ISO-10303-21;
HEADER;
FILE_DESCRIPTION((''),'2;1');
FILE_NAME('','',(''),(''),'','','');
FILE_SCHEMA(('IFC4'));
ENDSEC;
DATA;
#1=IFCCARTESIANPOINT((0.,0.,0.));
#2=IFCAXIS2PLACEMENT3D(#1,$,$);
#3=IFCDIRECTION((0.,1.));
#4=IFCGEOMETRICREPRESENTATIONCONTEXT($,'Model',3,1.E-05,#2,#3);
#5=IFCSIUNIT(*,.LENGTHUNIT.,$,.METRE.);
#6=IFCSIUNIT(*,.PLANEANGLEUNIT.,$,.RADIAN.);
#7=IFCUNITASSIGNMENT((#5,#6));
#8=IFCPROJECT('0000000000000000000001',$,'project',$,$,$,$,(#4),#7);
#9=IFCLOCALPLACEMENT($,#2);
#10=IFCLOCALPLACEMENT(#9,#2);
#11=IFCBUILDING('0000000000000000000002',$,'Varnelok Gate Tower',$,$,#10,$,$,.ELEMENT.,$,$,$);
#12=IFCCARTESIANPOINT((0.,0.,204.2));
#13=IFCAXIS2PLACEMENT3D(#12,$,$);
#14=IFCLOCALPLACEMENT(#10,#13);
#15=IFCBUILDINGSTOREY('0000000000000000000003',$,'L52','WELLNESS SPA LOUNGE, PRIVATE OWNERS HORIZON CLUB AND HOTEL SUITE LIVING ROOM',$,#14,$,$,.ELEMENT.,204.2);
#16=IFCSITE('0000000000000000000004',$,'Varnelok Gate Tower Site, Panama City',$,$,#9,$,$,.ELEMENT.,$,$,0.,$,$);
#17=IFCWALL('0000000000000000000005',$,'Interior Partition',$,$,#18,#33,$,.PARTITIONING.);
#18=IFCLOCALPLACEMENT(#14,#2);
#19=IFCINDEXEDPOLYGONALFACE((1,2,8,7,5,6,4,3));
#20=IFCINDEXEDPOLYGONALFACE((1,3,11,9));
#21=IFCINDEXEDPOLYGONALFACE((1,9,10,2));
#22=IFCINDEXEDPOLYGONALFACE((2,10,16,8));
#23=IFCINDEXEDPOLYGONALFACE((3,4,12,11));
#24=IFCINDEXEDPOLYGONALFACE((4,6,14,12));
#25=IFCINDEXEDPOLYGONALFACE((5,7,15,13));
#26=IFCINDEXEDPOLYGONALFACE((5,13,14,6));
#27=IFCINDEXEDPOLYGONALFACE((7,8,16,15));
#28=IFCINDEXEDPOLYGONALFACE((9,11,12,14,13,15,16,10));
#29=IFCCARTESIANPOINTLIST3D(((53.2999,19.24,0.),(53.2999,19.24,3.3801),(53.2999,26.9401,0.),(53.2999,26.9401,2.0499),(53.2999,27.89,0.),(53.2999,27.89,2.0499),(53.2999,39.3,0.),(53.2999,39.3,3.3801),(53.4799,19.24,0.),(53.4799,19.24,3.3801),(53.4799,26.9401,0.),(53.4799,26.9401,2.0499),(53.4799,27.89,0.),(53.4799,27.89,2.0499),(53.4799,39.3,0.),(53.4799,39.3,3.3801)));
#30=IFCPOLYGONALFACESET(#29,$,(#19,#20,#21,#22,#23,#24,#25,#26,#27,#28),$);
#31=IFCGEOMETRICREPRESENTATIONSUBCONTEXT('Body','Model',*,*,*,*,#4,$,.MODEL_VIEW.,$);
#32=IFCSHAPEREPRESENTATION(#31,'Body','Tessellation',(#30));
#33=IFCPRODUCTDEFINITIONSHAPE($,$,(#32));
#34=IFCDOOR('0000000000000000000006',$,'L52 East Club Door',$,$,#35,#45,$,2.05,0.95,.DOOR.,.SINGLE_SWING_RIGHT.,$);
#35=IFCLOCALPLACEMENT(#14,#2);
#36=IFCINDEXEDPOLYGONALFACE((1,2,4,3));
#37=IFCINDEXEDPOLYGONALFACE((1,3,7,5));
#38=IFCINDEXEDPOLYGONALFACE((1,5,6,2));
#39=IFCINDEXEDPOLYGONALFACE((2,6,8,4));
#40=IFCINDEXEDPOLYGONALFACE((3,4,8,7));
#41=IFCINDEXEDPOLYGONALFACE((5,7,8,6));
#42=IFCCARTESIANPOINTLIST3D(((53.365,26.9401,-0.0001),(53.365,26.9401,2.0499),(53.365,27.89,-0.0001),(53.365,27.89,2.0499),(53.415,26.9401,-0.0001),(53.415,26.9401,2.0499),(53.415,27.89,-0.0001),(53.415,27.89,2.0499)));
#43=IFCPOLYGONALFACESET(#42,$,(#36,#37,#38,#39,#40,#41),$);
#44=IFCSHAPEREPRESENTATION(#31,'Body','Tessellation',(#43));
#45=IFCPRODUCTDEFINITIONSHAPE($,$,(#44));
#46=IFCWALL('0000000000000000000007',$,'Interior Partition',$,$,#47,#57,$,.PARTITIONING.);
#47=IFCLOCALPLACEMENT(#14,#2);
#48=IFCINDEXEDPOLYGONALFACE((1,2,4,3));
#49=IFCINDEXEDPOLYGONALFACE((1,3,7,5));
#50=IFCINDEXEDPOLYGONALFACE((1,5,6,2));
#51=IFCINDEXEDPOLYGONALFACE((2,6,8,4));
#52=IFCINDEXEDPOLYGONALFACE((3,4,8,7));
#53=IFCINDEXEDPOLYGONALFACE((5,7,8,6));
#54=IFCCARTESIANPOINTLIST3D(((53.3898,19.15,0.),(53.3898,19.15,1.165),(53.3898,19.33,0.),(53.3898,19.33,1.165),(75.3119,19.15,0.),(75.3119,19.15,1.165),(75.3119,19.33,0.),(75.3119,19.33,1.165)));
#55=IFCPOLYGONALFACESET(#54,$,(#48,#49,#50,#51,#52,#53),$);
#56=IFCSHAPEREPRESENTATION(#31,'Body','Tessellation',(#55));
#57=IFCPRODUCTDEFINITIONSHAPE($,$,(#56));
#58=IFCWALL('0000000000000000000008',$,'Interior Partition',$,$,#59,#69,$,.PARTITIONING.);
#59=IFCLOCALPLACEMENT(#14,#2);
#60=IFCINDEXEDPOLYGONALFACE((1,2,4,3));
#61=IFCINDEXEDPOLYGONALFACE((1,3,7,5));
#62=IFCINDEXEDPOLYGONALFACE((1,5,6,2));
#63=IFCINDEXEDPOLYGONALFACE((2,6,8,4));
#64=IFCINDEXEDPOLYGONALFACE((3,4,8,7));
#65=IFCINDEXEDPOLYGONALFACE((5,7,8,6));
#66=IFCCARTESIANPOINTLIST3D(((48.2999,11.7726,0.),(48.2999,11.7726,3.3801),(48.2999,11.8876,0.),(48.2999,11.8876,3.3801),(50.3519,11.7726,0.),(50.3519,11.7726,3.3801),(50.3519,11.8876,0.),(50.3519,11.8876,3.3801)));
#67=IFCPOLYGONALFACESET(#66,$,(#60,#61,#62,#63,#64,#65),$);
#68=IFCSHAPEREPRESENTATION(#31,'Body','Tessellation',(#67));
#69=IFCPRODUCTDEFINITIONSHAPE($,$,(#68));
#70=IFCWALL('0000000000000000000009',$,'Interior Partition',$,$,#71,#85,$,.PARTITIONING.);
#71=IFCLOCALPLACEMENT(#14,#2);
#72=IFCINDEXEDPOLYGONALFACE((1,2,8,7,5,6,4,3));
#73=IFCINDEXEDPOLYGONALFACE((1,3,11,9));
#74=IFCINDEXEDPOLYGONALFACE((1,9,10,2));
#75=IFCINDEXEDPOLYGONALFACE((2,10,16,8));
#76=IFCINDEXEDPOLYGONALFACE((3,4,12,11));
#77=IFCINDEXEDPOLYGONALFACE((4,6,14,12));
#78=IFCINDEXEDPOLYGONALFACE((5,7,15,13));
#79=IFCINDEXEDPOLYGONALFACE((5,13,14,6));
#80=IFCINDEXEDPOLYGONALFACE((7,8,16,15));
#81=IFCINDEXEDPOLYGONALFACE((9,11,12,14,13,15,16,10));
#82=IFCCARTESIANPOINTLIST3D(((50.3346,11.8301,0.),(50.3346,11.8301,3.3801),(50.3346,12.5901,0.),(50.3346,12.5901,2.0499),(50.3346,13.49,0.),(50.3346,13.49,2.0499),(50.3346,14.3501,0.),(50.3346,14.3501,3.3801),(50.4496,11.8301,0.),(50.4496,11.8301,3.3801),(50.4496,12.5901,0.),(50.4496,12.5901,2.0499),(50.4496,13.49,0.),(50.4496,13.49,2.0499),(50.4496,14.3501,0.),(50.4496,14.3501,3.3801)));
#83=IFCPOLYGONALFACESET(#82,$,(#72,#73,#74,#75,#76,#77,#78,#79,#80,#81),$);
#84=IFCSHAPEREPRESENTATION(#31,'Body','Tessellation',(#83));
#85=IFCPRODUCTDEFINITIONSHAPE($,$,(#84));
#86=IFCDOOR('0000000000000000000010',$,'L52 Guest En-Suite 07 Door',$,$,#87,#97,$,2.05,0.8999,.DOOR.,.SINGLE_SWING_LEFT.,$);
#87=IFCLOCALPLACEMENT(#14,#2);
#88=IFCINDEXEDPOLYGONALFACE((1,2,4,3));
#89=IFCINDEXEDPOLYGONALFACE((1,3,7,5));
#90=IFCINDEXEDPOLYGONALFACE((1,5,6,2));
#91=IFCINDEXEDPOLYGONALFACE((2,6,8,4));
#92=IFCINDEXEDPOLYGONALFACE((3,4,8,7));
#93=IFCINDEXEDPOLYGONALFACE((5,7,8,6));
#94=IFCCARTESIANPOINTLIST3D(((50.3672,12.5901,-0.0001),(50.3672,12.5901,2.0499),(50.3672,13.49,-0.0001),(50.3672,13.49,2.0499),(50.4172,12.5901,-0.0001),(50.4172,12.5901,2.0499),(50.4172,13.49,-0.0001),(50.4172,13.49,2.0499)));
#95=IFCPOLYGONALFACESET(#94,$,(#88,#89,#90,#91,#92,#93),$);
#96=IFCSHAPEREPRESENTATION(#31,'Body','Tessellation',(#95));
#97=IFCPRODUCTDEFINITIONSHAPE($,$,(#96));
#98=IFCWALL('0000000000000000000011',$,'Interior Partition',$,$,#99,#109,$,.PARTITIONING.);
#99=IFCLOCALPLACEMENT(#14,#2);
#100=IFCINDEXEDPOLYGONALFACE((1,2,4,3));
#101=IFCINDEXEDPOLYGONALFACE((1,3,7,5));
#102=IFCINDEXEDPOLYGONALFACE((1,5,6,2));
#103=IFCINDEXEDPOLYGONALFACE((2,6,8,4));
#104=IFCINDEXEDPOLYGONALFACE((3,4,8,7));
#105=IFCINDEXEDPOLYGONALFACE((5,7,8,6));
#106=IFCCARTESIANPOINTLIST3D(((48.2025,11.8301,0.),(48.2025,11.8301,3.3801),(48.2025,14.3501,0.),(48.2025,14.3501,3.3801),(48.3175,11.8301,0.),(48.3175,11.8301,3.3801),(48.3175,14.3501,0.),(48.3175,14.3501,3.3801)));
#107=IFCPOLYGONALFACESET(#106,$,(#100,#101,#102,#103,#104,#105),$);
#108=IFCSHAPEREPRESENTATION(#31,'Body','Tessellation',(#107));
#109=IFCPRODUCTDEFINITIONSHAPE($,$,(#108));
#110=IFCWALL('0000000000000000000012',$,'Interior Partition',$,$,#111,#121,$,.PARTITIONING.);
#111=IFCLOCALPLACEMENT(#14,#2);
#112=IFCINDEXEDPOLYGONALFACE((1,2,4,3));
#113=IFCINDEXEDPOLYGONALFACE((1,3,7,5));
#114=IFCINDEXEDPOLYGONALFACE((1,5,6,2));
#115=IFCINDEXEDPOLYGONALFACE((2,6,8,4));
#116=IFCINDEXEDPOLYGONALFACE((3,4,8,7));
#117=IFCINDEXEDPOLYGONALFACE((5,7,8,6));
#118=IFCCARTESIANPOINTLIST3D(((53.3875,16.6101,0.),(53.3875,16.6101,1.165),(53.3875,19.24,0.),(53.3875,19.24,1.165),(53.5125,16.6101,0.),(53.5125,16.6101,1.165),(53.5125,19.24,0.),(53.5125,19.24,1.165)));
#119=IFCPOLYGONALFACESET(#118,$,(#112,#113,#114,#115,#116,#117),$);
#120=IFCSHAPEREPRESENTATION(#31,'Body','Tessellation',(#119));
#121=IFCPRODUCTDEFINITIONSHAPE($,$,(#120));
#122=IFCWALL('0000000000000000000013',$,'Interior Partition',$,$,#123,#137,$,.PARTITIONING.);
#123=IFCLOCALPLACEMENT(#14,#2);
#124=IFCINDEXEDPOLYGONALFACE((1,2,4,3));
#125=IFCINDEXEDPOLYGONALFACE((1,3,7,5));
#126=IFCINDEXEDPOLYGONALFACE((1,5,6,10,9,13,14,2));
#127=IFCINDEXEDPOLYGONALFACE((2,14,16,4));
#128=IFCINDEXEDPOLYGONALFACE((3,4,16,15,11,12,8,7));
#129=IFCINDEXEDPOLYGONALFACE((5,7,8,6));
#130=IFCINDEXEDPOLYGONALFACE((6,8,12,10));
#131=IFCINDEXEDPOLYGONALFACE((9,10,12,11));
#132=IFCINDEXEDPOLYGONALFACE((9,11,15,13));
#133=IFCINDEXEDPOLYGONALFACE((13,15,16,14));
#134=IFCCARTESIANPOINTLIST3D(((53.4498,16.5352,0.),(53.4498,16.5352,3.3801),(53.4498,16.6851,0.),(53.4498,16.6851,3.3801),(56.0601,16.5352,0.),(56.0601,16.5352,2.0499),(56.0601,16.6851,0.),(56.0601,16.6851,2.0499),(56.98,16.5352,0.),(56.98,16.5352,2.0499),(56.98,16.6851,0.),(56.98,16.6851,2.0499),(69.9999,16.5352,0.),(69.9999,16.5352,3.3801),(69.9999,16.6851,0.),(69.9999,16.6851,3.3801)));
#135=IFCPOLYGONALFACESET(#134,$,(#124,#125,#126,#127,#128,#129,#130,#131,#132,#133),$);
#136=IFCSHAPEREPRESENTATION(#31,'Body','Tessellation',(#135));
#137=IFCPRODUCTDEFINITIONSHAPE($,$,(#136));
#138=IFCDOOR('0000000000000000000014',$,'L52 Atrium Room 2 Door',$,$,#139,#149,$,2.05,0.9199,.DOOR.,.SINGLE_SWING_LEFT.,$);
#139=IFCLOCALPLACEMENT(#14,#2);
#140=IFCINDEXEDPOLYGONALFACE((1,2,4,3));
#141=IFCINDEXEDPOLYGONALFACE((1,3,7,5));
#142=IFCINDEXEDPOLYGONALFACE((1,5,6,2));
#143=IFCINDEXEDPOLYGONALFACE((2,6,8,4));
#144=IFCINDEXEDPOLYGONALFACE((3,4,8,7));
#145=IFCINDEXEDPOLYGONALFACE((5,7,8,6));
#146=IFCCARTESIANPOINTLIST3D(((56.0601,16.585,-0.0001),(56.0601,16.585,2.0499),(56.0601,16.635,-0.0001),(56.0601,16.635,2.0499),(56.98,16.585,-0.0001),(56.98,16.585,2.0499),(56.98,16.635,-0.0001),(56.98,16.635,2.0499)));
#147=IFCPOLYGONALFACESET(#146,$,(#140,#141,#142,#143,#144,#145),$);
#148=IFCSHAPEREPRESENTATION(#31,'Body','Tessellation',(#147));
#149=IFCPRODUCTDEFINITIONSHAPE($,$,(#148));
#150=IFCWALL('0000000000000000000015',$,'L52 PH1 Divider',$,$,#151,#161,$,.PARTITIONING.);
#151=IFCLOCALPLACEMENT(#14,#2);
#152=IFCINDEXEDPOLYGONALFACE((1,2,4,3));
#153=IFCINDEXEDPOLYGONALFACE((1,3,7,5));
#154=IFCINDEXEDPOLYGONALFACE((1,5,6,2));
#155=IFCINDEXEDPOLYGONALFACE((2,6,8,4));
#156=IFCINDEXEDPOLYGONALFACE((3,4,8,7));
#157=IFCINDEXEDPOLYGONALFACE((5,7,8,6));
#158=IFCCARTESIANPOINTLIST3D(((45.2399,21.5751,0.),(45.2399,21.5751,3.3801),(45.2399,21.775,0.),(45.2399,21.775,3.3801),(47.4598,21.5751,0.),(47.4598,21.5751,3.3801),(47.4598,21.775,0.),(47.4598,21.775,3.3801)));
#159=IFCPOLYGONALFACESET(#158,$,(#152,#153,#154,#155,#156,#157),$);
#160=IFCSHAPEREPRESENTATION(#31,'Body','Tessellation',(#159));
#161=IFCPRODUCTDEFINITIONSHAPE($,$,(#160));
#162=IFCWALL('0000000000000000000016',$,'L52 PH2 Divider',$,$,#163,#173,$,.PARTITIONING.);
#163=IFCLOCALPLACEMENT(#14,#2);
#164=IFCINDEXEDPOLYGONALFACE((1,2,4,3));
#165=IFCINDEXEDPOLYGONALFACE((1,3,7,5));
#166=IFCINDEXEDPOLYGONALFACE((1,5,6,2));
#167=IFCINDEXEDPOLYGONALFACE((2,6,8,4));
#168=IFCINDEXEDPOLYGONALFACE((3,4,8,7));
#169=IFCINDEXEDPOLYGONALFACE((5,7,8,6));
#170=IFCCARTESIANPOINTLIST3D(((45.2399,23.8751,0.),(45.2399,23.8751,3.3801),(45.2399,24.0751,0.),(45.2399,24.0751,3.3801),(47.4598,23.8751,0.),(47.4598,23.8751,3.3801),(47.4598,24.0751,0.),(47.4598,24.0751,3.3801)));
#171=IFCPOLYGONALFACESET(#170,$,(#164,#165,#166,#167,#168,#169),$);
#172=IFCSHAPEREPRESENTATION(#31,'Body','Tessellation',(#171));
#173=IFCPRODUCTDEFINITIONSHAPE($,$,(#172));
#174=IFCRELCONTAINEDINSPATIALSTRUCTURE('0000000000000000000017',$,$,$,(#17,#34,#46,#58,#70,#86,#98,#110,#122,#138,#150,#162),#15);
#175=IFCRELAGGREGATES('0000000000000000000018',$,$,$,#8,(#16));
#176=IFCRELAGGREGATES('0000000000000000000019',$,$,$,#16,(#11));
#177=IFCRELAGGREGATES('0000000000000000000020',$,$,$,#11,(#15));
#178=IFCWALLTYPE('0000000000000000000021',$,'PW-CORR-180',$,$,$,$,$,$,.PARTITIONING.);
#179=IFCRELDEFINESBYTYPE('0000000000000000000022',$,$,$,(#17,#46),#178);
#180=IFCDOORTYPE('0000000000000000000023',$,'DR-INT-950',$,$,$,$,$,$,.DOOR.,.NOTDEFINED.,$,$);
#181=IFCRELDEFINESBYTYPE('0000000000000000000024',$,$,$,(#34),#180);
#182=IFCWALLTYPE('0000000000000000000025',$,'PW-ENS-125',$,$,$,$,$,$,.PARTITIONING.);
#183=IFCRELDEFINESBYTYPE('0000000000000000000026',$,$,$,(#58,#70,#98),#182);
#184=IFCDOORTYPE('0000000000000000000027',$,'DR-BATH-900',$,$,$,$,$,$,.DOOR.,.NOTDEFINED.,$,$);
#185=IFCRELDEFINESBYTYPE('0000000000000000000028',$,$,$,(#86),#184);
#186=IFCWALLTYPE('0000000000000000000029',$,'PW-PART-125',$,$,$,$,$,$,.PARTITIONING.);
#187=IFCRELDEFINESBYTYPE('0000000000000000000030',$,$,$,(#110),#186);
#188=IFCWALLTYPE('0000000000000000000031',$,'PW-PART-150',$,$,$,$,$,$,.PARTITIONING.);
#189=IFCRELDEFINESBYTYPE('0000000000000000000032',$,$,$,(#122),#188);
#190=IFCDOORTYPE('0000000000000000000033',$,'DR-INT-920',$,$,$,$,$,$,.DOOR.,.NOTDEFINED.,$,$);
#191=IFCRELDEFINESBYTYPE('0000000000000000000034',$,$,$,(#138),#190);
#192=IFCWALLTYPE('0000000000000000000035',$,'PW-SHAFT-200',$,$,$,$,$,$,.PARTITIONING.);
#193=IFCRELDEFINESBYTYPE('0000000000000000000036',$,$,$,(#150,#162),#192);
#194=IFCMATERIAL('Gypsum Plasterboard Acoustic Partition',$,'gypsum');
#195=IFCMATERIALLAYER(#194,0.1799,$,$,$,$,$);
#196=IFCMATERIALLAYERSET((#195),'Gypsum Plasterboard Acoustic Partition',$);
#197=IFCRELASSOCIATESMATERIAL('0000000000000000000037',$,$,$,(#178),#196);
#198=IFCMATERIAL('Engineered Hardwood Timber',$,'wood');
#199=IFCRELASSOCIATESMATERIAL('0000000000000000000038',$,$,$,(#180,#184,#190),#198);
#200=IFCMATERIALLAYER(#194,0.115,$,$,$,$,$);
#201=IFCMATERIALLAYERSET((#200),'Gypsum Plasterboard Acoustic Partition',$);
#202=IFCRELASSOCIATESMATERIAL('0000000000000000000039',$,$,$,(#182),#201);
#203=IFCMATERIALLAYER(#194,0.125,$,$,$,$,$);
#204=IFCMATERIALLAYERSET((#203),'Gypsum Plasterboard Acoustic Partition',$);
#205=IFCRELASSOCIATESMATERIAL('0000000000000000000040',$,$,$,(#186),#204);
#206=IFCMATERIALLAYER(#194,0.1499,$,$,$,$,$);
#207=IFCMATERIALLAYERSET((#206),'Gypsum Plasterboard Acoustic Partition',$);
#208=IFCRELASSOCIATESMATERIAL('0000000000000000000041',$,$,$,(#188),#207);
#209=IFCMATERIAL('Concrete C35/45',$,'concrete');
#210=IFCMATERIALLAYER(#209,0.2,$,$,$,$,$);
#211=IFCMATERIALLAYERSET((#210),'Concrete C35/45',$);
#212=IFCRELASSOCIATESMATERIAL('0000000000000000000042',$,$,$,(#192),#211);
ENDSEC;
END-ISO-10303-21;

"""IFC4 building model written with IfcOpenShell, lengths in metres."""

from ifc_helpers import new_model, si_unit, direction, frame, frame_2d, origin, place, context, subcontext, project, spatial, rectangle, extrude, material, layer, layer_set, type_object, element, fill, save


model = new_model("IFC4")

# Units and contexts
model_context = context("Model", 3, precision=1e-05, world=origin(), true_north=direction((0.0, 1.0)))
body_context = subcontext(model_context, "Body", "Model", "MODEL_VIEW")
ifc_project = project(units=[si_unit("LENGTHUNIT", "METRE"), si_unit("PLANEANGLEUNIT", "RADIAN")], contexts=[model_context])

# Site, building, storey
site_placement = place(None, origin())
site = spatial("IfcSite", under=ifc_project, at=site_placement, Name="Varnelok Gate Tower Site, Panama City", CompositionType="ELEMENT", RefElevation=0.0)
building_placement = place(site_placement, origin())
building = spatial("IfcBuilding", under=site, at=building_placement, Name="Varnelok Gate Tower", CompositionType="ELEMENT")
storey_placement = place(building_placement, frame((0.0, 0.0, 204.2)))
storey = spatial("IfcBuildingStorey", under=building, at=storey_placement, Name="L52", Description="WELLNESS SPA LOUNGE, PRIVATE OWNERS HORIZON CLUB AND HOTEL SUITE LIVING ROOM", CompositionType="ELEMENT", Elevation=204.2)

# Wall, opening, door
ifc_material_1 = material(Name="Gypsum Plasterboard Acoustic Partition", Category="gypsum")
ifc_layer_1 = layer(ifc_material_1, 0.1799)
ifc_layer_set_1 = layer_set([ifc_layer_1], Name="Gypsum Plasterboard Acoustic Partition")
wall_type_1 = type_object("IfcWallType", Name="PW-CORR-180", PredefinedType="PARTITIONING", material=ifc_layer_set_1)
ifc_material_2 = material(Name="Engineered Hardwood Timber", Category="wood")
wall_1_placement = place(storey_placement, frame((53.3899, 19.24, 0.0), z_axis=(0.0, 0.0, 1.0), x_axis=(0.0, 1.0, 0.0)))
wall_1 = element("IfcWall", 1, at=wall_1_placement, inside=storey, type_object=wall_type_1, Name="Interior Partition", PredefinedType="PARTITIONING", context=body_context, shape_type="SweptSolid", body=[
    extrude(rectangle(XDim=20.0601, YDim=0.1799, at=frame_2d((10.03, 0.0))), origin(), (0.0, 0.0, 1.0), 3.3801),
])
opening_1_placement = place(wall_1_placement, frame((7.7, 0.0, 0.0)))
opening_1 = element("IfcOpeningElement", 2, at=opening_1_placement, cuts=wall_1, PredefinedType="OPENING", context=body_context, shape_type="SweptSolid", body=[
    extrude(rectangle(XDim=0.95, YDim=2.05, at=frame_2d((0.4751, 1.0249))), frame((0.0, 0.0999, 0.0), z_axis=(0.0, -1.0, 0.0), x_axis=(1.0, 0.0, 0.0)), (0.0, 0.0, 1.0), 0.2),
])
door_type_1 = type_object("IfcDoorType", Name="DR-INT-950", OperationType="NOTDEFINED", PredefinedType="DOOR", material=ifc_material_2)
door_1_placement = place(opening_1_placement, origin())
door_1 = element("IfcDoor", 3, at=door_1_placement, inside=storey, type_object=door_type_1, Name="L52 East Club Door", OperationType="SINGLE_SWING_RIGHT", OverallHeight=2.05, OverallWidth=0.95, PredefinedType="DOOR", context=body_context, shape_type="SweptSolid", body=[
    extrude(rectangle(XDim=0.95, YDim=2.05, at=frame_2d((0.4751, 1.0249))), frame((0.0, 0.0249, 0.0), z_axis=(0.0, -1.0, 0.0), x_axis=(1.0, 0.0, 0.0)), (0.0, 0.0, 1.0), 0.05),
])
fill(opening_1, door_1)

# Walls
wall_2_placement = place(storey_placement, frame((53.3899, 19.24, 0.0), z_axis=(0.0, 0.0, 1.0), x_axis=(1.0, 0.0, 0.0)))
element("IfcWall", 4, at=wall_2_placement, inside=storey, type_object=wall_type_1, Name="Interior Partition", PredefinedType="PARTITIONING", context=body_context, shape_type="SweptSolid", body=[
    extrude(rectangle(XDim=21.9221, YDim=0.1799, at=frame_2d((10.9609, 0.0))), origin(), (0.0, 0.0, 1.0), 1.165),
])
ifc_layer_2 = layer(ifc_material_1, 0.115)
ifc_layer_set_2 = layer_set([ifc_layer_2], Name="Gypsum Plasterboard Acoustic Partition")
wall_type_2 = type_object("IfcWallType", Name="PW-ENS-125", PredefinedType="PARTITIONING", material=ifc_layer_set_2)
wall_3_placement = place(storey_placement, frame((48.3, 11.8301, 0.0), z_axis=(0.0, 0.0, 1.0), x_axis=(1.0, 0.0, 0.0)))
element("IfcWall", 5, at=wall_3_placement, inside=storey, type_object=wall_type_2, Name="Interior Partition", PredefinedType="PARTITIONING", context=body_context, shape_type="SweptSolid", body=[
    extrude(rectangle(XDim=2.052, YDim=0.115, at=frame_2d((1.0259, 0.0))), origin(), (0.0, 0.0, 1.0), 3.3801),
])

# Wall, opening, door
wall_4_placement = place(storey_placement, frame((50.3921, 11.8301, 0.0), z_axis=(0.0, 0.0, 1.0), x_axis=(0.0, 1.0, 0.0)))
wall_4 = element("IfcWall", 6, at=wall_4_placement, inside=storey, type_object=wall_type_2, Name="Interior Partition", PredefinedType="PARTITIONING", context=body_context, shape_type="SweptSolid", body=[
    extrude(rectangle(XDim=2.52, YDim=0.115, at=frame_2d((1.26, 0.0))), origin(), (0.0, 0.0, 1.0), 3.3801),
])
opening_2_placement = place(wall_4_placement, frame((0.76, 0.0, 0.0)))
opening_2 = element("IfcOpeningElement", 7, at=opening_2_placement, cuts=wall_4, PredefinedType="OPENING", context=body_context, shape_type="SweptSolid", body=[
    extrude(rectangle(XDim=0.8999, YDim=2.05, at=frame_2d((0.45, 1.0249))), frame((0.0, 0.0674, 0.0), z_axis=(0.0, -1.0, 0.0), x_axis=(1.0, 0.0, 0.0)), (0.0, 0.0, 1.0), 0.135),
])
door_type_2 = type_object("IfcDoorType", Name="DR-BATH-900", OperationType="NOTDEFINED", PredefinedType="DOOR", material=ifc_material_2)
door_2_placement = place(opening_2_placement, origin())
door_2 = element("IfcDoor", 8, at=door_2_placement, inside=storey, type_object=door_type_2, Name="L52 Guest En-Suite 07 Door", OperationType="SINGLE_SWING_LEFT", OverallHeight=2.05, OverallWidth=0.8999, PredefinedType="DOOR", context=body_context, shape_type="SweptSolid", body=[
    extrude(rectangle(XDim=0.8999, YDim=2.05, at=frame_2d((0.45, 1.0249))), frame((0.0, 0.0249, 0.0), z_axis=(0.0, -1.0, 0.0), x_axis=(1.0, 0.0, 0.0)), (0.0, 0.0, 1.0), 0.05),
])
fill(opening_2, door_2)

# Walls
wall_5_placement = place(storey_placement, frame((48.26, 11.8301, 0.0), z_axis=(0.0, 0.0, 1.0), x_axis=(0.0, 1.0, 0.0)))
element("IfcWall", 9, at=wall_5_placement, inside=storey, type_object=wall_type_2, Name="Interior Partition", PredefinedType="PARTITIONING", context=body_context, shape_type="SweptSolid", body=[
    extrude(rectangle(XDim=2.52, YDim=0.115, at=frame_2d((1.26, 0.0))), origin(), (0.0, 0.0, 1.0), 3.3801),
])
ifc_layer_3 = layer(ifc_material_1, 0.125)
ifc_layer_set_3 = layer_set([ifc_layer_3], Name="Gypsum Plasterboard Acoustic Partition")
wall_type_3 = type_object("IfcWallType", Name="PW-PART-125", PredefinedType="PARTITIONING", material=ifc_layer_set_3)
wall_6_placement = place(storey_placement, frame((53.45, 16.6101, 0.0), z_axis=(0.0, 0.0, 1.0), x_axis=(0.0, 1.0, 0.0)))
element("IfcWall", 10, at=wall_6_placement, inside=storey, type_object=wall_type_3, Name="Interior Partition", PredefinedType="PARTITIONING", context=body_context, shape_type="SweptSolid", body=[
    extrude(rectangle(XDim=2.6299, YDim=0.125, at=frame_2d((1.3149, 0.0))), origin(), (0.0, 0.0, 1.0), 1.165),
])

# Wall, opening, door
ifc_layer_4 = layer(ifc_material_1, 0.1499)
ifc_layer_set_4 = layer_set([ifc_layer_4], Name="Gypsum Plasterboard Acoustic Partition")
wall_type_4 = type_object("IfcWallType", Name="PW-PART-150", PredefinedType="PARTITIONING", material=ifc_layer_set_4)
wall_7_placement = place(storey_placement, frame((53.45, 16.6101, 0.0), z_axis=(0.0, 0.0, 1.0), x_axis=(1.0, 0.0, 0.0)))
wall_7 = element("IfcWall", 11, at=wall_7_placement, inside=storey, type_object=wall_type_4, Name="Interior Partition", PredefinedType="PARTITIONING", context=body_context, shape_type="SweptSolid", body=[
    extrude(rectangle(XDim=16.55, YDim=0.1499, at=frame_2d((8.2749, 0.0))), origin(), (0.0, 0.0, 1.0), 3.3801),
])
opening_3_placement = place(wall_7_placement, frame((2.6101, 0.0, 0.0)))
opening_3 = element("IfcOpeningElement", 12, at=opening_3_placement, cuts=wall_7, PredefinedType="OPENING", context=body_context, shape_type="SweptSolid", body=[
    extrude(rectangle(XDim=0.9199, YDim=2.05, at=frame_2d((0.46, 1.0249))), frame((0.0, 0.085, 0.0), z_axis=(0.0, -1.0, 0.0), x_axis=(1.0, 0.0, 0.0)), (0.0, 0.0, 1.0), 0.1699),
])
door_type_3 = type_object("IfcDoorType", Name="DR-INT-920", OperationType="NOTDEFINED", PredefinedType="DOOR", material=ifc_material_2)
door_3_placement = place(opening_3_placement, origin())
door_3 = element("IfcDoor", 13, at=door_3_placement, inside=storey, type_object=door_type_3, Name="L52 Atrium Room 2 Door", OperationType="SINGLE_SWING_LEFT", OverallHeight=2.05, OverallWidth=0.9199, PredefinedType="DOOR", context=body_context, shape_type="SweptSolid", body=[
    extrude(rectangle(XDim=0.9199, YDim=2.05, at=frame_2d((0.46, 1.0249))), frame((0.0, 0.0249, 0.0), z_axis=(0.0, -1.0, 0.0), x_axis=(1.0, 0.0, 0.0)), (0.0, 0.0, 1.0), 0.05),
])
fill(opening_3, door_3)

# Walls
ifc_material_3 = material(Name="Concrete C35/45", Category="concrete")
ifc_layer_5 = layer(ifc_material_3, 0.2)
ifc_layer_set_5 = layer_set([ifc_layer_5], Name="Concrete C35/45")
wall_type_5 = type_object("IfcWallType", Name="PW-SHAFT-200", PredefinedType="PARTITIONING", material=ifc_layer_set_5)
for number, where, z_axis, x_axis, name in (
    (14, (45.24, 21.675, 0.0), (0.0, 0.0, 1.0), (1.0, 0.0, 0.0), "L52 PH1 Divider"),
    (15, (45.24, 23.9751, 0.0), (0.0, 0.0, 1.0), (1.0, 0.0, 0.0), "L52 PH2 Divider"),
):
    element("IfcWall", number, at=place(storey_placement, frame(where, z_axis=z_axis, x_axis=x_axis)), inside=storey, type_object=wall_type_5, Name=name, PredefinedType="PARTITIONING", context=body_context, shape_type="SweptSolid", body=[
        extrude(rectangle(XDim=2.22, YDim=0.2, at=frame_2d((1.1099, 0.0))), origin(), (0.0, 0.0, 1.0), 3.3801),
    ])

save(model, "model.ifc")
